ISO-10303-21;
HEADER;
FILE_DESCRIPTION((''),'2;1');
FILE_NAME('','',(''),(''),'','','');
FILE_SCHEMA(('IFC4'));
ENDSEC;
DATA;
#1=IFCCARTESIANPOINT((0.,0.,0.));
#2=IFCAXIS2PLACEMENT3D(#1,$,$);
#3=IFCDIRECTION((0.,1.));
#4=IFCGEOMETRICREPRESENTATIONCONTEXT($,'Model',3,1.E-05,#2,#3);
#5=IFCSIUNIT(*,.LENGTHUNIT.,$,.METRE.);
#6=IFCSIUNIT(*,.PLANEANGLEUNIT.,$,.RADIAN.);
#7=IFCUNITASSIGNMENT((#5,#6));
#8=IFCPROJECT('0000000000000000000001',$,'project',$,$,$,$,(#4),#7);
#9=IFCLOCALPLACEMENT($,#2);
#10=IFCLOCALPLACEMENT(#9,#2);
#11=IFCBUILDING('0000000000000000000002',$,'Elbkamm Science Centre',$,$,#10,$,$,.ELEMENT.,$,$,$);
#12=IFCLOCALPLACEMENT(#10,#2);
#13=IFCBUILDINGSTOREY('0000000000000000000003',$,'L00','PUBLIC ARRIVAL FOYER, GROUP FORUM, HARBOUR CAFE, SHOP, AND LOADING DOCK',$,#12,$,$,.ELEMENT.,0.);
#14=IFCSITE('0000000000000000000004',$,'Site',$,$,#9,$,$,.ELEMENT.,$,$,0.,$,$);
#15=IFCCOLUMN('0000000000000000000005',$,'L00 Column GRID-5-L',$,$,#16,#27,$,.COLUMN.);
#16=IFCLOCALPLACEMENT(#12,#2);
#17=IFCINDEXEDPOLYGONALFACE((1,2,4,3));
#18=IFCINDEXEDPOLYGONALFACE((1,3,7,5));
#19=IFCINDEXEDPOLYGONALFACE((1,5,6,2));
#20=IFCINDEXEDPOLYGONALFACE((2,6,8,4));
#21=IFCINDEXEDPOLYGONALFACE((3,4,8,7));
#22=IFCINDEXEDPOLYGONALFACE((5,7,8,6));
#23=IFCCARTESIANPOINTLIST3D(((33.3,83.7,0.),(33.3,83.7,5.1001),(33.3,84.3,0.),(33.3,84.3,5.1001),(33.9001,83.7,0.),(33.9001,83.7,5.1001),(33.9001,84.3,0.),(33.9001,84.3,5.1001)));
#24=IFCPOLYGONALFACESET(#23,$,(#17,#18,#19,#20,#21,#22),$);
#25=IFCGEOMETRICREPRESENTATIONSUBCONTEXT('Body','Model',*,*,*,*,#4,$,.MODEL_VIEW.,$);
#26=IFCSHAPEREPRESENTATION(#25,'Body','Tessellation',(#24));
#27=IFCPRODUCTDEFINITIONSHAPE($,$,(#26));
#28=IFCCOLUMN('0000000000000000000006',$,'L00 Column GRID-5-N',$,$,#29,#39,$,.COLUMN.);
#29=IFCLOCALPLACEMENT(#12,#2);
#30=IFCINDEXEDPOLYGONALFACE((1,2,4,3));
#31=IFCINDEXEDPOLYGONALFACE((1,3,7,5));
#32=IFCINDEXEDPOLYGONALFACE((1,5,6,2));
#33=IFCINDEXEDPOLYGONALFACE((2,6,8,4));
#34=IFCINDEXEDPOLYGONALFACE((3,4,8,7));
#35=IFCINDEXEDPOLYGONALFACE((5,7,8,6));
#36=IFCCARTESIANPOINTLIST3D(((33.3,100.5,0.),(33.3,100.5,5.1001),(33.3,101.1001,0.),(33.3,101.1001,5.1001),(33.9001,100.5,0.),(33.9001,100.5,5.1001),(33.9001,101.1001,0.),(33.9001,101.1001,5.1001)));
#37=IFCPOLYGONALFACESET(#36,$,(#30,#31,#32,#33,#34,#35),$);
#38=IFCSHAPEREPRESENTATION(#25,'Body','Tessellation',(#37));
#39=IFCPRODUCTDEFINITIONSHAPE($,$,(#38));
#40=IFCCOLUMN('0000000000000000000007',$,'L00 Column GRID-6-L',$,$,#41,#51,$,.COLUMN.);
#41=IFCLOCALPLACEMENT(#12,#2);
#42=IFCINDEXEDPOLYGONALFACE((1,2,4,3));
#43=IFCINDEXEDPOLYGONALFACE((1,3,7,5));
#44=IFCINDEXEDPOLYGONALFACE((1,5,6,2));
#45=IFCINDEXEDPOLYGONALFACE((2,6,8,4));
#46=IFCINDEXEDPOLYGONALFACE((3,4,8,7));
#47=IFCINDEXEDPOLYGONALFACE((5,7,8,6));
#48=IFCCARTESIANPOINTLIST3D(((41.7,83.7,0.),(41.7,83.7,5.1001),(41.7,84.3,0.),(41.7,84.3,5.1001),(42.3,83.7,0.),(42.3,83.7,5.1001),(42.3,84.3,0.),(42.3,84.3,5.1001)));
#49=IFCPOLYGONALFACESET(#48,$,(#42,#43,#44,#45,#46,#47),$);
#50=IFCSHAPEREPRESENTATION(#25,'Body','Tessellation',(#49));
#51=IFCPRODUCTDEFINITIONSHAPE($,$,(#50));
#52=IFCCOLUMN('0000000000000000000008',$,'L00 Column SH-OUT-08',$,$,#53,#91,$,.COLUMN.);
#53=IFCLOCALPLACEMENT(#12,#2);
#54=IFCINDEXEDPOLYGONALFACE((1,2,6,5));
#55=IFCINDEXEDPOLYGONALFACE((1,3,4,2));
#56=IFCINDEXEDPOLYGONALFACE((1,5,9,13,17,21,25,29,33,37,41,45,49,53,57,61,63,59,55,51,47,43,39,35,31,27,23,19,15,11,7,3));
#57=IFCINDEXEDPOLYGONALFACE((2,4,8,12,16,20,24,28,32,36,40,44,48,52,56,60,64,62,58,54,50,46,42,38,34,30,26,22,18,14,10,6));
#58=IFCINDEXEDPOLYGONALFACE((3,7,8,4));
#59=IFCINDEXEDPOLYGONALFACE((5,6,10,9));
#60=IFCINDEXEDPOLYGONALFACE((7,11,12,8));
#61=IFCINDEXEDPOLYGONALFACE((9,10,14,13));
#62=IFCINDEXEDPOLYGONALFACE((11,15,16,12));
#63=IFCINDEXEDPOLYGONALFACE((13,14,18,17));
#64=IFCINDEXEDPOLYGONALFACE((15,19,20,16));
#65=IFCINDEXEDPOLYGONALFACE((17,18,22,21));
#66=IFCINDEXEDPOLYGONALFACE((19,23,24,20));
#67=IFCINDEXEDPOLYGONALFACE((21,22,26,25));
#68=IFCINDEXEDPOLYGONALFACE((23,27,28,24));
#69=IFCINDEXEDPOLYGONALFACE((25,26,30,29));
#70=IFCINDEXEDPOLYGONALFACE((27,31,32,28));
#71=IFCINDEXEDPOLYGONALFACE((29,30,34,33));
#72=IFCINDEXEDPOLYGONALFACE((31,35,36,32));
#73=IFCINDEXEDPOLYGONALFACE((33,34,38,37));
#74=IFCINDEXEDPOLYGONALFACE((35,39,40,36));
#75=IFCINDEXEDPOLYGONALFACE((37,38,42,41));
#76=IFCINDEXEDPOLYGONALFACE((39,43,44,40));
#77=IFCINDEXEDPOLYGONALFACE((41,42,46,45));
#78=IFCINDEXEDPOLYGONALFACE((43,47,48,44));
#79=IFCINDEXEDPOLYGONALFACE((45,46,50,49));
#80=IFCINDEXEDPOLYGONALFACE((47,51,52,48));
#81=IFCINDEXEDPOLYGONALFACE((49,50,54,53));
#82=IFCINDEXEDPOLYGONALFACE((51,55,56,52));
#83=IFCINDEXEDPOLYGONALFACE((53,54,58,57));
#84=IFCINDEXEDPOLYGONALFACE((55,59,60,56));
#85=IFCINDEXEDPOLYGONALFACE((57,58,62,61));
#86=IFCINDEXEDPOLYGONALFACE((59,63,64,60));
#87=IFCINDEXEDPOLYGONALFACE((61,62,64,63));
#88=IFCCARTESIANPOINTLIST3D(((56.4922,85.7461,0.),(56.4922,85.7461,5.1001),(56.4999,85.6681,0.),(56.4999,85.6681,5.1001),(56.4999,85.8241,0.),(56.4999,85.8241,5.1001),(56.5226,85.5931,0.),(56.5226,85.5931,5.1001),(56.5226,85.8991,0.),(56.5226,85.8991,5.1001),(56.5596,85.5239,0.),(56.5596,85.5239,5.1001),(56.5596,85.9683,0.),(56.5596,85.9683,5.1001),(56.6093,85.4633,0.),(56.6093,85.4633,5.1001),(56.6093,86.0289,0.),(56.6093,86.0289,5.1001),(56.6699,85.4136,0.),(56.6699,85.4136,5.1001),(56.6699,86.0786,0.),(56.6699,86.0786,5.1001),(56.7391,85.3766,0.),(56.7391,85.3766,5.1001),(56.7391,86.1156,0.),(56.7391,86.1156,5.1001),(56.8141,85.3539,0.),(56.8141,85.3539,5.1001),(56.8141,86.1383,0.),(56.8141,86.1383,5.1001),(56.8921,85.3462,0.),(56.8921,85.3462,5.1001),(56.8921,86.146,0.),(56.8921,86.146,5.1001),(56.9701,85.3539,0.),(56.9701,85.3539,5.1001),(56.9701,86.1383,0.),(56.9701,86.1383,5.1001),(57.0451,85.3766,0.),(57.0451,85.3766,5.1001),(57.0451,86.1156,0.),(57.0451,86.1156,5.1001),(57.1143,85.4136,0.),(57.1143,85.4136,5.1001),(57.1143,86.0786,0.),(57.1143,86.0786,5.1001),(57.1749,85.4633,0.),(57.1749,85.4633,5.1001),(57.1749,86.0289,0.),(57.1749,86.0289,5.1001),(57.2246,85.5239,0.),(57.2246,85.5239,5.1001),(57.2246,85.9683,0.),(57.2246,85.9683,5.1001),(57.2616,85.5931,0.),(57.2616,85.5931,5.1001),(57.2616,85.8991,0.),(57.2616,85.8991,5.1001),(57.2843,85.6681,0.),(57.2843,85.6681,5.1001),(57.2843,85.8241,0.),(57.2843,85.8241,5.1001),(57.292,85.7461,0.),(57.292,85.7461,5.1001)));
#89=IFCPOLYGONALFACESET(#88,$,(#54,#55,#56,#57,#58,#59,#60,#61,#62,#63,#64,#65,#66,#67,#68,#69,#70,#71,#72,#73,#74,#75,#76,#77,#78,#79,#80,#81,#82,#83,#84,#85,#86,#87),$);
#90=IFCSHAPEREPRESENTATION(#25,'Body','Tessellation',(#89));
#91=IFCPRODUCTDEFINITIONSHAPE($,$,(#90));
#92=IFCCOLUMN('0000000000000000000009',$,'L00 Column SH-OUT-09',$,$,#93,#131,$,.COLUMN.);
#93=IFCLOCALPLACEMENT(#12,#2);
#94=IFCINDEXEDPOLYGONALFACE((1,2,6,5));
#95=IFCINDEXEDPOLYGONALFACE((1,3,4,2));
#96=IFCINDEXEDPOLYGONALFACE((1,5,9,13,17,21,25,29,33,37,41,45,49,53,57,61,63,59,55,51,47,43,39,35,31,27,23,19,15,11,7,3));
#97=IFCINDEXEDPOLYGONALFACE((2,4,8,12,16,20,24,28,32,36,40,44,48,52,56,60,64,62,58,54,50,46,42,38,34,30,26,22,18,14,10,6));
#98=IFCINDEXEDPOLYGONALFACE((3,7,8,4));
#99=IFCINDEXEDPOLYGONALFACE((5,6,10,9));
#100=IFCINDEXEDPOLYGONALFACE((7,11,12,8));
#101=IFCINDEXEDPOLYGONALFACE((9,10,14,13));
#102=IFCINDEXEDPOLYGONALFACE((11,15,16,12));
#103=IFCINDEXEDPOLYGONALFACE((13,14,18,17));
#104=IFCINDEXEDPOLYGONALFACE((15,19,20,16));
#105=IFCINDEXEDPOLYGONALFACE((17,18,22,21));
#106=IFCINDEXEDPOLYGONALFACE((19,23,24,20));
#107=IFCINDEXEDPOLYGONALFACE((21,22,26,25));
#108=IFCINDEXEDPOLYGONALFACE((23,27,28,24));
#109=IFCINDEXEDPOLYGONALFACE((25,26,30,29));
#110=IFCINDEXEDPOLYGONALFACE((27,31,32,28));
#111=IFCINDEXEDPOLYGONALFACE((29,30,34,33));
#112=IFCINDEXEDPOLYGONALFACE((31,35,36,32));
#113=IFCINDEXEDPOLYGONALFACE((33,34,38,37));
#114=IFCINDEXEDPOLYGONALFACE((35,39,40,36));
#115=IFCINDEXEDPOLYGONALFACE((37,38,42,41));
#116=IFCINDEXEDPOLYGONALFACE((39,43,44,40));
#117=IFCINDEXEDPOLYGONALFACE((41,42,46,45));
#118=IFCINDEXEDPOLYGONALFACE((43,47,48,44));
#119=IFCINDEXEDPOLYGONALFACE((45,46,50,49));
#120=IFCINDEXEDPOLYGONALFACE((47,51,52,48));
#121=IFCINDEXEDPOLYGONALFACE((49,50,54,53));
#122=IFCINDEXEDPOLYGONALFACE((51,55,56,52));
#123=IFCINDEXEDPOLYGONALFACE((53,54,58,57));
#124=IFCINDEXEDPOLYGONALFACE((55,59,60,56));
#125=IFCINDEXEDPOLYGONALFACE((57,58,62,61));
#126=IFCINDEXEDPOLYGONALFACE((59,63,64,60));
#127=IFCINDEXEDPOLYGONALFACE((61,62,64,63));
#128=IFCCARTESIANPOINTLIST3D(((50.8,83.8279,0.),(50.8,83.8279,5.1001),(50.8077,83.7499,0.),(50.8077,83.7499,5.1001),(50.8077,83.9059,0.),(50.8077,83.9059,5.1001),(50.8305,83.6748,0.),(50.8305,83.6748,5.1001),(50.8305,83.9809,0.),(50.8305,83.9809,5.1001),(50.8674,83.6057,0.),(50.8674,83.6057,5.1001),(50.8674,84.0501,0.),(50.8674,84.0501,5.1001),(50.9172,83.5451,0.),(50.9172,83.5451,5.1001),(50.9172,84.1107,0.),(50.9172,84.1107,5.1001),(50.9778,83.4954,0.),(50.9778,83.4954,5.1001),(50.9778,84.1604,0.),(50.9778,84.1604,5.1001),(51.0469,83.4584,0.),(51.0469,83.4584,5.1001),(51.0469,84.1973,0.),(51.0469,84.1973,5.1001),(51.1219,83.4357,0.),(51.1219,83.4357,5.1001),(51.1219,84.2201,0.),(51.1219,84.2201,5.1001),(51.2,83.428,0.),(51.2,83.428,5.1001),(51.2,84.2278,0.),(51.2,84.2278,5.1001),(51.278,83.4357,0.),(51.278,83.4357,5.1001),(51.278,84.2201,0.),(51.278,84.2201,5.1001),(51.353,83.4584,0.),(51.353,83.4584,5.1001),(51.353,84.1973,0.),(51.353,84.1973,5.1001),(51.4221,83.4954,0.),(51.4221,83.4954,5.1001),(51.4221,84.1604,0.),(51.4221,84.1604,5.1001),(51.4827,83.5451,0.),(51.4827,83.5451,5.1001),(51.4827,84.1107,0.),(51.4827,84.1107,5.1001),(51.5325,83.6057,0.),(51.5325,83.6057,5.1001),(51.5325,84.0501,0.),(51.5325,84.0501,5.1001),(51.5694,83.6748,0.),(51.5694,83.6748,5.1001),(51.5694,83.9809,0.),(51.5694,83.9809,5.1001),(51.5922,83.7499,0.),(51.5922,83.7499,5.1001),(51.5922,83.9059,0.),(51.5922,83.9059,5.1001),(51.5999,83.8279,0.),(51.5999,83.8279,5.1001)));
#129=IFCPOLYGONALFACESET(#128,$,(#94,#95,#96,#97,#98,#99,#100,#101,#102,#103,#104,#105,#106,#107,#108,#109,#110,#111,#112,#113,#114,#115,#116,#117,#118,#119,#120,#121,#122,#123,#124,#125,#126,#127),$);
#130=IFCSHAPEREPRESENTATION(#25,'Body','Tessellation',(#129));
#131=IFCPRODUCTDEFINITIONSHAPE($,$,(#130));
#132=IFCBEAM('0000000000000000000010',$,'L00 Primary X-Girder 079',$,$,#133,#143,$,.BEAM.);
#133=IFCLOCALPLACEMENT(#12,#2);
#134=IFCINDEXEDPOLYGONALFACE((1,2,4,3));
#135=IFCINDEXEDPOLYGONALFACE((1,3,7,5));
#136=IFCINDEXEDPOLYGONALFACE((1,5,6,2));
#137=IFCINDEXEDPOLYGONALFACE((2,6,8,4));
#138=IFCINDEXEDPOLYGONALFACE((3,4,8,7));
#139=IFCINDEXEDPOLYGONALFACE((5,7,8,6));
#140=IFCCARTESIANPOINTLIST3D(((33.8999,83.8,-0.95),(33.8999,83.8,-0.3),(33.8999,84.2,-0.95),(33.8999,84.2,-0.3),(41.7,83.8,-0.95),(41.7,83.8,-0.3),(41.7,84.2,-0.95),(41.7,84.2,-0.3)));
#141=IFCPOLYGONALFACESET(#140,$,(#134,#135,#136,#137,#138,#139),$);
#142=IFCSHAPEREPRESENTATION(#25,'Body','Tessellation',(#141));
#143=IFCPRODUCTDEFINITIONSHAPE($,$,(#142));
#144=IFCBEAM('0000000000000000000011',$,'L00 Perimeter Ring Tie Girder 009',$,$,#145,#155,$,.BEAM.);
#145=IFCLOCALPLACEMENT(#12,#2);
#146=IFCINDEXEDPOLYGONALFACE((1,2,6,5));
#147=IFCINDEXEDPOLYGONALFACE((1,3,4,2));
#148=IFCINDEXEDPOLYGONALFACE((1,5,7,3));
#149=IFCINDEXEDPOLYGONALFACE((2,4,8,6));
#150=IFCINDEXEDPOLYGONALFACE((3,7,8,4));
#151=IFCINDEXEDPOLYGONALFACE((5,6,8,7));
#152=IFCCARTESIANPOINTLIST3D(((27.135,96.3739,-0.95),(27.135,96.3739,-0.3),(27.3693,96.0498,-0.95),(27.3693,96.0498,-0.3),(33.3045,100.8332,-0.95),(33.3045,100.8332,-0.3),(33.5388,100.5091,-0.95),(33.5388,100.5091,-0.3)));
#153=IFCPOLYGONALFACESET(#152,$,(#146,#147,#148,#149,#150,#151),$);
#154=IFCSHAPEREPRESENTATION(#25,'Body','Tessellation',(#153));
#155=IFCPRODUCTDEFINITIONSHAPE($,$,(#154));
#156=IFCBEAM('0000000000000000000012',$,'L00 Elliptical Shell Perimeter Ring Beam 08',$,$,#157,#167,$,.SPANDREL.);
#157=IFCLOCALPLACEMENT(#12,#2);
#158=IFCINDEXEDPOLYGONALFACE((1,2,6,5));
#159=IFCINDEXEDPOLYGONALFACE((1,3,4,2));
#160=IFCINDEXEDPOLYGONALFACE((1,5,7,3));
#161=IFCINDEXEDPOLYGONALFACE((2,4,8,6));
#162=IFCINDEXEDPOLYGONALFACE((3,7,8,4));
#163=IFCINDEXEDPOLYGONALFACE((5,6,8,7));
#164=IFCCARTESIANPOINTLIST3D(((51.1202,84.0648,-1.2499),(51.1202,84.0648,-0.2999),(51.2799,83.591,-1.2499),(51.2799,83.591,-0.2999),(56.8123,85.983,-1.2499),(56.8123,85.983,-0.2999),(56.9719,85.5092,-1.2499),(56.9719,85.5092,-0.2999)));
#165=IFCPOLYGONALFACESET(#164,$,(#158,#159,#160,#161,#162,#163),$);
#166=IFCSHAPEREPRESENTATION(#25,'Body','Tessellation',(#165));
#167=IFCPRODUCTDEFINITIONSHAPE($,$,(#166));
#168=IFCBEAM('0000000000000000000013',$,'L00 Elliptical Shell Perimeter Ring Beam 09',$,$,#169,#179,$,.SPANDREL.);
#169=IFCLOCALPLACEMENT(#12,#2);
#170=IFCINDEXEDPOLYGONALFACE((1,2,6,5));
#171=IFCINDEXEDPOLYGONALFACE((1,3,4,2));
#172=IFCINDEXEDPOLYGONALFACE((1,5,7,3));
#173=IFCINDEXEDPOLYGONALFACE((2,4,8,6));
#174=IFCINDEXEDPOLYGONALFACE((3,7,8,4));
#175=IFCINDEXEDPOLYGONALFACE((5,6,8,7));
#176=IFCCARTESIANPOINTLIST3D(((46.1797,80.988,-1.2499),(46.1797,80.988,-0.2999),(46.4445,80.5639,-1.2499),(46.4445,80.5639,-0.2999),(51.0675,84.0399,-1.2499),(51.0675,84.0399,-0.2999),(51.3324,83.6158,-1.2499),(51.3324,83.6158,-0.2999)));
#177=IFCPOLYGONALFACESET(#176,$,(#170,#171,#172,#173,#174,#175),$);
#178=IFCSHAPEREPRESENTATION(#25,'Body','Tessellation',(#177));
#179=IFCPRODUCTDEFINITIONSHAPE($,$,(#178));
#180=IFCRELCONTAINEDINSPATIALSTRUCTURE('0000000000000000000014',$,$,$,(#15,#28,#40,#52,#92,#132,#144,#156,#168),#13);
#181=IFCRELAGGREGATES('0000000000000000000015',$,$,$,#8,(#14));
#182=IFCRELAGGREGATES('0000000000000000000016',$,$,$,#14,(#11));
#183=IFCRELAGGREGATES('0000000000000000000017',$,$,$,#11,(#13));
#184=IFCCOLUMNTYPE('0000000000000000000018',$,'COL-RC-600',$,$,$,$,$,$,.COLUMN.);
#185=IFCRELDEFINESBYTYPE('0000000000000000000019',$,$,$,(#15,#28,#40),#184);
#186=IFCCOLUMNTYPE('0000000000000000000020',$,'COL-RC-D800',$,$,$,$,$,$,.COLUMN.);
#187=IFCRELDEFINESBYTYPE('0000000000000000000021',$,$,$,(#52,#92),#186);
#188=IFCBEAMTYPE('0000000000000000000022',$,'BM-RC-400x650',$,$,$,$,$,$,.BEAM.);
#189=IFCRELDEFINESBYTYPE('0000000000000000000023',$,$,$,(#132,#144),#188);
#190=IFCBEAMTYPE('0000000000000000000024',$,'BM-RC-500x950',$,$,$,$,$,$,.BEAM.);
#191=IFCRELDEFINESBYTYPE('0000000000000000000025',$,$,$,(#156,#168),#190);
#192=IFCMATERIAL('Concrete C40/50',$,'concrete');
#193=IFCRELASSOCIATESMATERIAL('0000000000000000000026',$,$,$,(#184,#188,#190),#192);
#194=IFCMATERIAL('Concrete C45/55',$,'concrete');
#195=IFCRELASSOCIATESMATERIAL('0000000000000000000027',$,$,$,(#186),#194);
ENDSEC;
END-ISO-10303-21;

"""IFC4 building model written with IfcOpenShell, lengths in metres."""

from ifc_helpers import new_model, si_unit, direction, frame, origin, origin_2d, place, context, subcontext, project, spatial, rectangle, circle, extrude, material, material_profile, profile_set, type_object, element, save


model = new_model("IFC4")

# Units and contexts
model_context = context("Model", 3, precision=1e-05, world=origin(), true_north=direction((0.0, 1.0)))
body_context = subcontext(model_context, "Body", "Model", "MODEL_VIEW")
ifc_project = project(units=[si_unit("LENGTHUNIT", "METRE"), si_unit("PLANEANGLEUNIT", "RADIAN")], contexts=[model_context])

# Site, building, storey
site_placement = place(None, origin())
site = spatial("IfcSite", under=ifc_project, at=site_placement, Name="Site", CompositionType="ELEMENT", RefElevation=0.0)
building_placement = place(site_placement, origin())
building = spatial("IfcBuilding", under=site, at=building_placement, Name="Elbkamm Science Centre", CompositionType="ELEMENT")
storey_placement = place(building_placement, origin())
storey = spatial("IfcBuildingStorey", under=building, at=storey_placement, Name="L00", Description="PUBLIC ARRIVAL FOYER, GROUP FORUM, HARBOUR CAFE, SHOP, AND LOADING DOCK", CompositionType="ELEMENT", Elevation=0.0)

# Columns
ifc_material_1 = material(Name="Concrete C40/50", Category="concrete")
ifc_material_profile_1 = material_profile(ifc_material_1, rectangle(XDim=0.6001, YDim=0.6001, at=origin_2d()), Name="RC 600x600")
ifc_profile_set_1 = profile_set([ifc_material_profile_1], Name="Concrete C40/50")
column_type_1 = type_object("IfcColumnType", Name="COL-RC-600", PredefinedType="COLUMN", material=ifc_profile_set_1)
for number, where, z_axis, x_axis, name in (
    (1, (33.6001, 84.0, 0.0), (0.0, 0.0, 1.0), (1.0, 0.0, 0.0), "L00 Column GRID-5-L"),
    (2, (33.6001, 100.8, 0.0), (0.0, 0.0, 1.0), (1.0, 0.0, 0.0), "L00 Column GRID-5-N"),
    (3, (42.0, 84.0, 0.0), (0.0, 0.0, 1.0), (1.0, 0.0, 0.0), "L00 Column GRID-6-L"),
):
    element("IfcColumn", number, at=place(storey_placement, frame(where, z_axis=z_axis, x_axis=x_axis)), inside=storey, type_object=column_type_1, Name=name, PredefinedType="COLUMN", context=body_context, shape_type="SweptSolid", body=[
        extrude(rectangle(XDim=0.6001, YDim=0.6001, at=origin_2d()), origin(), (0.0, 0.0, 1.0), 5.1001),
    ])
ifc_material_2 = material(Name="Concrete C45/55", Category="concrete")
ifc_material_profile_2 = material_profile(ifc_material_2, circle(Radius=0.3999, at=origin_2d()), Name="RC D800")
ifc_profile_set_2 = profile_set([ifc_material_profile_2], Name="Concrete C45/55")
column_type_2 = type_object("IfcColumnType", Name="COL-RC-D800", PredefinedType="COLUMN", material=ifc_profile_set_2)
for number, where, z_axis, x_axis, name in (
    (4, (56.8921, 85.7461, 0.0), (0.0, 0.0, 1.0), (1.0, 0.0, 0.0), "L00 Column SH-OUT-08"),
    (5, (51.2, 83.8279, 0.0), (0.0, 0.0, 1.0), (1.0, 0.0, 0.0), "L00 Column SH-OUT-09"),
):
    element("IfcColumn", number, at=place(storey_placement, frame(where, z_axis=z_axis, x_axis=x_axis)), inside=storey, type_object=column_type_2, Name=name, PredefinedType="COLUMN", context=body_context, shape_type="SweptSolid", body=[
        extrude(circle(Radius=0.3999, at=origin_2d()), origin(), (0.0, 0.0, 1.0), 5.1001),
    ])

# Beams
ifc_material_profile_3 = material_profile(ifc_material_1, rectangle(XDim=0.3999, YDim=0.6499, at=origin_2d()), Name="RC 400x650")
ifc_profile_set_3 = profile_set([ifc_material_profile_3], Name="Concrete C40/50")
beam_type_1 = type_object("IfcBeamType", Name="BM-RC-400x650", PredefinedType="BEAM", material=ifc_profile_set_3)
beam_1_placement = place(storey_placement, frame((33.8999, 84.0, -0.625), z_axis=(1.0, 0.0, 0.0), x_axis=(0.0, 1.0, 0.0)))
element("IfcBeam", 6, at=beam_1_placement, inside=storey, type_object=beam_type_1, Name="L00 Primary X-Girder 079", PredefinedType="BEAM", context=body_context, shape_type="SweptSolid", body=[
    extrude(rectangle(XDim=0.3999, YDim=0.6499, at=origin_2d()), origin(), (0.0, 0.0, 1.0), 7.8),
])
beam_2_placement = place(storey_placement, frame((33.4216, 100.6711, -0.625), z_axis=(-0.810459, -0.585795, 0.0), x_axis=(0.585795, -0.810459, 0.0)))
element("IfcBeam", 7, at=beam_2_placement, inside=storey, type_object=beam_type_1, Name="L00 Perimeter Ring Tie Girder 009", PredefinedType="BEAM", context=body_context, shape_type="SweptSolid", body=[
    extrude(rectangle(XDim=0.3999, YDim=0.6499, at=origin_2d()), origin(), (0.0, 0.0, 1.0), 7.6123),
])
ifc_material_profile_4 = material_profile(ifc_material_1, rectangle(XDim=0.5, YDim=0.95, at=origin_2d()), Name="RC 500x950")
ifc_profile_set_4 = profile_set([ifc_material_profile_4], Name="Concrete C40/50")
beam_type_2 = type_object("IfcBeamType", Name="BM-RC-500x950", PredefinedType="BEAM", material=ifc_profile_set_4)
beam_3_placement = place(storey_placement, frame((56.8921, 85.7461, -0.7749), z_axis=(-0.947638, -0.319348, 0.0), x_axis=(0.319348, -0.947638, 0.0)))
element("IfcBeam", 8, at=beam_3_placement, inside=storey, type_object=beam_type_2, Name="L00 Elliptical Shell Perimeter Ring Beam 08", PredefinedType="SPANDREL", context=body_context, shape_type="SweptSolid", body=[
    extrude(rectangle(XDim=0.5, YDim=0.95, at=origin_2d()), origin(), (0.0, 0.0, 1.0), 6.0066),
])
beam_4_placement = place(storey_placement, frame((51.2, 83.8279, -0.7749), z_axis=(-0.848229, -0.529629, 0.0), x_axis=(0.529629, -0.848229, 0.0)))
element("IfcBeam", 9, at=beam_4_placement, inside=storey, type_object=beam_type_2, Name="L00 Elliptical Shell Perimeter Ring Beam 09", PredefinedType="SPANDREL", context=body_context, shape_type="SweptSolid", body=[
    extrude(rectangle(XDim=0.5, YDim=0.95, at=origin_2d()), origin(), (0.0, 0.0, 1.0), 5.7625),
])

save(model, "model.ifc")
